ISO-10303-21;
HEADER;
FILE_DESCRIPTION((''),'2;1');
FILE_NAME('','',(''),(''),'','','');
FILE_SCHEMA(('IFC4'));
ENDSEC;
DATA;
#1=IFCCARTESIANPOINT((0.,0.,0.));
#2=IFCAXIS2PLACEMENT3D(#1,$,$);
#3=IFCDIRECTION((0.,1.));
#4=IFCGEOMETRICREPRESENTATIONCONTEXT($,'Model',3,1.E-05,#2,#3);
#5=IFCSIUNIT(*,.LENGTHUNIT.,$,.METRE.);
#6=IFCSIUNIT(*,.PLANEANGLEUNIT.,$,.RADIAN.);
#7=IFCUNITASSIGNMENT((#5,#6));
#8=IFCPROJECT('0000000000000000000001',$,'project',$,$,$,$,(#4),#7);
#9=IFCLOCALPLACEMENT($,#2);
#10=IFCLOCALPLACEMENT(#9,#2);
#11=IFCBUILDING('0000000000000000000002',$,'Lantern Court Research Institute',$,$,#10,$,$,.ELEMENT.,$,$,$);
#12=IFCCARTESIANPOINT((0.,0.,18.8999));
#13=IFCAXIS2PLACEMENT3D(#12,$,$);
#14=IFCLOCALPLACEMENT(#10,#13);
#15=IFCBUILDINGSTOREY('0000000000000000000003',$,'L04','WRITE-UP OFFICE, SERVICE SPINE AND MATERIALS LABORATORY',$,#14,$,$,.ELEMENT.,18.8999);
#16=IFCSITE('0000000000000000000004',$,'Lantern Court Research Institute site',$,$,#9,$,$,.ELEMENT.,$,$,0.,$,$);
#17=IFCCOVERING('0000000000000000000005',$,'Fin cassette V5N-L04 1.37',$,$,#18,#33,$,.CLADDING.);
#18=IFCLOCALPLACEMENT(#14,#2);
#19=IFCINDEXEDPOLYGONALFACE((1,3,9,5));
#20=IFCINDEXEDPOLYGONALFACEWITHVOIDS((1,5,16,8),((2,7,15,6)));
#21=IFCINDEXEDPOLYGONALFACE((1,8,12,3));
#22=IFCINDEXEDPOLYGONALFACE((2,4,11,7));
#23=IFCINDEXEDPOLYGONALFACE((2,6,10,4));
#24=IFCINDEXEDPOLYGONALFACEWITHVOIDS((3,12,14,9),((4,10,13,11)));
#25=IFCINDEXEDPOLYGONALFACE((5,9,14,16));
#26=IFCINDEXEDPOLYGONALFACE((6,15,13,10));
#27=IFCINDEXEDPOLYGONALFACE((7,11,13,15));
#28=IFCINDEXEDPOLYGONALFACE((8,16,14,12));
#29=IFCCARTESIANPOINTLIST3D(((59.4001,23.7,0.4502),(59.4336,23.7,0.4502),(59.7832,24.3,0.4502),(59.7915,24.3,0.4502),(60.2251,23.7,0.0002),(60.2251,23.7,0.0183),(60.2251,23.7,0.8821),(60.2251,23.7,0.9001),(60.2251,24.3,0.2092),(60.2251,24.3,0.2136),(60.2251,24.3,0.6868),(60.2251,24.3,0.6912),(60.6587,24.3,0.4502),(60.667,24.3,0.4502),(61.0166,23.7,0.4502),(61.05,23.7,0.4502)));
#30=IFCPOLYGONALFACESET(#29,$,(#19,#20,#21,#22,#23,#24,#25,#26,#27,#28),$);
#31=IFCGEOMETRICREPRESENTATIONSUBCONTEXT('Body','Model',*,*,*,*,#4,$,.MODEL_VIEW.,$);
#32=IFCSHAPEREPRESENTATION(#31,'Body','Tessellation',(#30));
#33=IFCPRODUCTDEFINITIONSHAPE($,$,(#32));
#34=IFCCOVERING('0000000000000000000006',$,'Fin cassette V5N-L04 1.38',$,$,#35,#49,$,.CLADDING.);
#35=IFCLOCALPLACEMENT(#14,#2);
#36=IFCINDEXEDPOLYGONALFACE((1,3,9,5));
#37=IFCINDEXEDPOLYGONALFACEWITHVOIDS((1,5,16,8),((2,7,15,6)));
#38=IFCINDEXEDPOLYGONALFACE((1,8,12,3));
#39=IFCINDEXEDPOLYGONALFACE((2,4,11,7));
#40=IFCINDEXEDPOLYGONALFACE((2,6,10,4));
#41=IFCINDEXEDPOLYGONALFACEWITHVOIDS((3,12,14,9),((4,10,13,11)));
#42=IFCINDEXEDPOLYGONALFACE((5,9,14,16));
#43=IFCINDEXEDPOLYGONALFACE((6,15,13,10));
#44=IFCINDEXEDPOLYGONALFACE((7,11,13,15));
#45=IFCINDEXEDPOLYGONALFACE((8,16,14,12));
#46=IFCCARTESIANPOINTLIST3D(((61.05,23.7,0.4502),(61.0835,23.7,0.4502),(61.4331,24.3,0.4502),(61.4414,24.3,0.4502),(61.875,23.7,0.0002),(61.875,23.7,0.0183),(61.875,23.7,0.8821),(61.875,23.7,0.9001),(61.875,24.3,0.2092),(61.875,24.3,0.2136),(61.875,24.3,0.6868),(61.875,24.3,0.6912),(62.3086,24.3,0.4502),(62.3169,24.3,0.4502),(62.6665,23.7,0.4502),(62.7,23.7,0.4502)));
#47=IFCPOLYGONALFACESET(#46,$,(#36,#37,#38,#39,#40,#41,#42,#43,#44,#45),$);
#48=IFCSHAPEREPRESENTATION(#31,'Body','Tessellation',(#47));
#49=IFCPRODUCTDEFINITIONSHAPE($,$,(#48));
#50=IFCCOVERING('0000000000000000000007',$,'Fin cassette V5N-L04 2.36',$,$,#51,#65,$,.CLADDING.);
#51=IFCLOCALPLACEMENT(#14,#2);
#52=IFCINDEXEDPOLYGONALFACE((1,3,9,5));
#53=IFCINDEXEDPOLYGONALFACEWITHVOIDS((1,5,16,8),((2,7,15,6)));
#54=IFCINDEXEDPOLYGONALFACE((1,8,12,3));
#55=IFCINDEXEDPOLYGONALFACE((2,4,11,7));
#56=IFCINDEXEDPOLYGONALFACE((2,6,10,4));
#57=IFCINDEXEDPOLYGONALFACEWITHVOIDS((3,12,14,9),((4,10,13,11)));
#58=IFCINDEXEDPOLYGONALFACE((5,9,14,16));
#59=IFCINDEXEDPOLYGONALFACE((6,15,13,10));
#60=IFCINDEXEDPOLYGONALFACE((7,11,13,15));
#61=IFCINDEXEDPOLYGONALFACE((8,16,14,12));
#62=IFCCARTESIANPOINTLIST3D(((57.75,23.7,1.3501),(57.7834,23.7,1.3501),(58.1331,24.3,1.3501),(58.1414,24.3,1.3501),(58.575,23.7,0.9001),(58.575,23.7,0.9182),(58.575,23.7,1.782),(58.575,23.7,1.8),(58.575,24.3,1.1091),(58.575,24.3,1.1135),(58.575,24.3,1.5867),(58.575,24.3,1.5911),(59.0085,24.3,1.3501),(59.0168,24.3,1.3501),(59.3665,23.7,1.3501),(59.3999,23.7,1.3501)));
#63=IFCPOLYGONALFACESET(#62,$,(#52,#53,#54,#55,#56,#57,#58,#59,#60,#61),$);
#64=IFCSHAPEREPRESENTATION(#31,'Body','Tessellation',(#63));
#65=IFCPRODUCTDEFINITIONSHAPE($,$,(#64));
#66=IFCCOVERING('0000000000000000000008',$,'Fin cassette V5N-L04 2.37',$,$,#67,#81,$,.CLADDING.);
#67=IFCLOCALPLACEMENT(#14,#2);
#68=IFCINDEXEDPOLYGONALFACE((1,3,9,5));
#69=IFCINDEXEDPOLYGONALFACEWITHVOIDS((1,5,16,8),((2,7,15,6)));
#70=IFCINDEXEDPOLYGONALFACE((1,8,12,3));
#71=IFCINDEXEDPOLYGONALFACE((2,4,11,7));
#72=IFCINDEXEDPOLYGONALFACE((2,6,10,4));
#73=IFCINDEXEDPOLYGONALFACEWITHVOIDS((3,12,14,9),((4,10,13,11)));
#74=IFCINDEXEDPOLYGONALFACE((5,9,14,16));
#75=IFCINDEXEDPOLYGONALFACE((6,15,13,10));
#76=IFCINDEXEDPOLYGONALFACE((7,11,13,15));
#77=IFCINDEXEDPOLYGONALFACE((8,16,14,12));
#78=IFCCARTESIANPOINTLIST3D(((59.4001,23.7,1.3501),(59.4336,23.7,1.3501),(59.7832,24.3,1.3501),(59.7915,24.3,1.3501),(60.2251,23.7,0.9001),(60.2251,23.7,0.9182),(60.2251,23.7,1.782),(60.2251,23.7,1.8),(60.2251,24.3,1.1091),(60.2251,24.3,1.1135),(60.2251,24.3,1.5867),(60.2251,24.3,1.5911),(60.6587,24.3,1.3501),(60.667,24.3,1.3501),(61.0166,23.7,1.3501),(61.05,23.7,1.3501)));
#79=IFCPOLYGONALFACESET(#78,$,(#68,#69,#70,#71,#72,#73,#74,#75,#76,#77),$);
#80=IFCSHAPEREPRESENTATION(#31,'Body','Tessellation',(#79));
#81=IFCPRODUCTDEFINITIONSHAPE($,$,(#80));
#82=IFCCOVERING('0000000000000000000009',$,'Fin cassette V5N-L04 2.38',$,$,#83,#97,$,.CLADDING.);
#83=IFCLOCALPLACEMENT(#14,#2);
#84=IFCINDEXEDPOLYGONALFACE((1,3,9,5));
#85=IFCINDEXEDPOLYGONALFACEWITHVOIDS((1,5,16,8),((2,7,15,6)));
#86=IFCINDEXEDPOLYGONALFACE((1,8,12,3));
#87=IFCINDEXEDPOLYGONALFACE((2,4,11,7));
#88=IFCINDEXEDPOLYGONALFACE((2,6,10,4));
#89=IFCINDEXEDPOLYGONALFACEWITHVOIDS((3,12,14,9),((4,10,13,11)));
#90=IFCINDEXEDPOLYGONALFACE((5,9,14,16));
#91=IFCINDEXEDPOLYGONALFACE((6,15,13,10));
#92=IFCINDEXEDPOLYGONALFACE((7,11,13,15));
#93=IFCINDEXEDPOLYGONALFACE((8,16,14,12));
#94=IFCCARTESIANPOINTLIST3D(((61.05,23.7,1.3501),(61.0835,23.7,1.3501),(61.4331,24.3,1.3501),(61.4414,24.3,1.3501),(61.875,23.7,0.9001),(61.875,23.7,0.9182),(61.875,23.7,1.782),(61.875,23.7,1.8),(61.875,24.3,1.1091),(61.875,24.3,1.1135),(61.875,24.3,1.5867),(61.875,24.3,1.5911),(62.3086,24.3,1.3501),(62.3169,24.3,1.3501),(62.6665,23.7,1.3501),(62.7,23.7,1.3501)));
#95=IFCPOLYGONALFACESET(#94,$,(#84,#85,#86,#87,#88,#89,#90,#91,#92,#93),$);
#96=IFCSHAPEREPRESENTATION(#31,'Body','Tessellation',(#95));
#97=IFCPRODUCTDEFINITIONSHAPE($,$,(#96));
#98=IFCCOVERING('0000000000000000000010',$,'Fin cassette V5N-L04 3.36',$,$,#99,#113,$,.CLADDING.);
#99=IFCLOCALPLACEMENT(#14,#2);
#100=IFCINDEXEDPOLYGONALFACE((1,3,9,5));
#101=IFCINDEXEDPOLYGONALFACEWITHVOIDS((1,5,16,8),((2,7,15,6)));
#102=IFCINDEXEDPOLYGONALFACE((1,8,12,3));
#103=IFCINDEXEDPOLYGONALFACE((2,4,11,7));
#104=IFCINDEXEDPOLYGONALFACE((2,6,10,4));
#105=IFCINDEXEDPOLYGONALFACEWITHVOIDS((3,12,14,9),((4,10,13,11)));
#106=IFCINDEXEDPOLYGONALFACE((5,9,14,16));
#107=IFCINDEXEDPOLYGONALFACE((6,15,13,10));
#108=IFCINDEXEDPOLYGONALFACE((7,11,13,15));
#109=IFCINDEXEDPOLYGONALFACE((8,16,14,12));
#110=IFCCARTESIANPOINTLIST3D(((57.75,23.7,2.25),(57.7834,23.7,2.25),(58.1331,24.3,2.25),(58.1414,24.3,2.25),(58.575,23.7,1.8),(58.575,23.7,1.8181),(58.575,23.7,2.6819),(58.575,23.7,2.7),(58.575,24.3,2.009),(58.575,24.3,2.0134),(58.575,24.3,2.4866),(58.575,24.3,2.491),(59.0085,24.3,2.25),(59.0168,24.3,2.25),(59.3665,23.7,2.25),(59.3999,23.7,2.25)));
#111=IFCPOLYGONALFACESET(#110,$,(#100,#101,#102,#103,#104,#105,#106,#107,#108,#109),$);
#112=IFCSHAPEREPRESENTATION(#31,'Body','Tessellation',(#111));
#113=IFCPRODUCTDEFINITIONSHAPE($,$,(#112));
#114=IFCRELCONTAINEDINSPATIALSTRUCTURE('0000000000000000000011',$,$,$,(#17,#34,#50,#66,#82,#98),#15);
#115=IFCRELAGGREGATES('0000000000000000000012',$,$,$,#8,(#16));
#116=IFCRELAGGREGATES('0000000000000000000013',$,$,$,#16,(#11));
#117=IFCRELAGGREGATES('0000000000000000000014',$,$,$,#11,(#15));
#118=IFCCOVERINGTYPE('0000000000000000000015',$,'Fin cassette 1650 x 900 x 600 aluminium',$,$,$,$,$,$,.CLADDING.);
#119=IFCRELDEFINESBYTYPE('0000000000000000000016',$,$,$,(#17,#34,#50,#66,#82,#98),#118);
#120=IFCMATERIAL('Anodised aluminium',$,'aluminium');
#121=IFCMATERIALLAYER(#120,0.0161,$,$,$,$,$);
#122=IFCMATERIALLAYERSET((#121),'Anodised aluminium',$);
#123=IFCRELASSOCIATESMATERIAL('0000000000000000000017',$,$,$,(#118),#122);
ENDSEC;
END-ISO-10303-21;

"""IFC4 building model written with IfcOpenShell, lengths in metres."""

from ifc_helpers import new_model, entity, si_unit, direction, frame, origin, place, context, subcontext, project, spatial, material, layer, layer_set, type_object, element, save


model = new_model("IFC4")

# Units and contexts
model_context = context("Model", 3, precision=1e-05, world=origin(), true_north=direction((0.0, 1.0)))
body_context = subcontext(model_context, "Body", "Model", "MODEL_VIEW")
ifc_project = project(units=[si_unit("LENGTHUNIT", "METRE"), si_unit("PLANEANGLEUNIT", "RADIAN")], contexts=[model_context])

# Site, building, storey
site_placement = place(None, origin())
site = spatial("IfcSite", under=ifc_project, at=site_placement, Name="Lantern Court Research Institute site", CompositionType="ELEMENT", RefElevation=0.0)
building_placement = place(site_placement, origin())
building = spatial("IfcBuilding", under=site, at=building_placement, Name="Lantern Court Research Institute", CompositionType="ELEMENT")
storey_placement = place(building_placement, frame((0.0, 0.0, 18.8999)))
storey = spatial("IfcBuildingStorey", under=building, at=storey_placement, Name="L04", Description="WRITE-UP OFFICE, SERVICE SPINE AND MATERIALS LABORATORY", CompositionType="ELEMENT", Elevation=18.8999)

# Coverings
ifc_material_1 = material(Name="Anodised aluminium", Category="aluminium")
ifc_layer_1 = layer(ifc_material_1, 0.0161)
ifc_layer_set_1 = layer_set([ifc_layer_1], Name="Anodised aluminium")
covering_type_1 = type_object("IfcCoveringType", Name="Fin cassette 1650 x 900 x 600 aluminium", PredefinedType="CLADDING", material=ifc_layer_set_1)
covering_1_placement = place(storey_placement, frame((60.2251, 23.7, 0.4502), z_axis=(0.0, 1.0, 0.0), x_axis=(-1.0, 0.0, 0.0)))
cartesian_point_1 = entity("IfcCartesianPoint", [0.825, 0.0])
cartesian_point_2 = entity("IfcCartesianPoint", [0.7915, 0.0])
cartesian_point_3 = entity("IfcCartesianPoint", [0.4419, 0.0])
cartesian_point_4 = entity("IfcCartesianPoint", [0.4336, 0.0])
element("IfcCovering", 1, at=covering_1_placement, inside=storey, type_object=covering_type_1, Name="Fin cassette V5N-L04 1.37", PredefinedType="CLADDING", context=body_context, shape_type="SweptSolid", body=[
    entity("IfcExtrudedAreaSolidTapered", entity("IfcArbitraryProfileDefWithVoids", "AREA", None, entity("IfcPolyline", [cartesian_point_1, entity("IfcCartesianPoint", [0.0, 0.45]), entity("IfcCartesianPoint", [-0.825, 0.0]), entity("IfcCartesianPoint", [0.0, -0.45]), cartesian_point_1]), [entity("IfcPolyline", [cartesian_point_2, entity("IfcCartesianPoint", [0.0, 0.4319]), entity("IfcCartesianPoint", [-0.7915, 0.0]), entity("IfcCartesianPoint", [0.0, -0.4319]), cartesian_point_2])]), entity("IfcAxis2Placement3D", entity("IfcCartesianPoint", [0.0, 0.0, 0.0])), entity("IfcDirection", [0.0, 0.0, 1.0]), 0.6001, entity("IfcArbitraryProfileDefWithVoids", "AREA", None, entity("IfcPolyline", [cartesian_point_3, entity("IfcCartesianPoint", [0.0, 0.241]), entity("IfcCartesianPoint", [-0.4419, 0.0]), entity("IfcCartesianPoint", [0.0, -0.241]), cartesian_point_3]), [entity("IfcPolyline", [cartesian_point_4, entity("IfcCartesianPoint", [0.0, 0.2366]), entity("IfcCartesianPoint", [-0.4336, 0.0]), entity("IfcCartesianPoint", [0.0, -0.2366]), cartesian_point_4])])),
])
covering_2_placement = place(storey_placement, frame((61.875, 23.7, 0.4502), z_axis=(0.0, 1.0, 0.0), x_axis=(-1.0, 0.0, 0.0)))
cartesian_point_5 = entity("IfcCartesianPoint", [0.825, 0.0])
cartesian_point_6 = entity("IfcCartesianPoint", [0.7915, 0.0])
cartesian_point_7 = entity("IfcCartesianPoint", [0.4419, 0.0])
cartesian_point_8 = entity("IfcCartesianPoint", [0.4336, 0.0])
element("IfcCovering", 2, at=covering_2_placement, inside=storey, type_object=covering_type_1, Name="Fin cassette V5N-L04 1.38", PredefinedType="CLADDING", context=body_context, shape_type="SweptSolid", body=[
    entity("IfcExtrudedAreaSolidTapered", entity("IfcArbitraryProfileDefWithVoids", "AREA", None, entity("IfcPolyline", [cartesian_point_5, entity("IfcCartesianPoint", [0.0, 0.45]), entity("IfcCartesianPoint", [-0.825, 0.0]), entity("IfcCartesianPoint", [0.0, -0.45]), cartesian_point_5]), [entity("IfcPolyline", [cartesian_point_6, entity("IfcCartesianPoint", [0.0, 0.4319]), entity("IfcCartesianPoint", [-0.7915, 0.0]), entity("IfcCartesianPoint", [0.0, -0.4319]), cartesian_point_6])]), entity("IfcAxis2Placement3D", entity("IfcCartesianPoint", [0.0, 0.0, 0.0])), entity("IfcDirection", [0.0, 0.0, 1.0]), 0.6001, entity("IfcArbitraryProfileDefWithVoids", "AREA", None, entity("IfcPolyline", [cartesian_point_7, entity("IfcCartesianPoint", [0.0, 0.241]), entity("IfcCartesianPoint", [-0.4419, 0.0]), entity("IfcCartesianPoint", [0.0, -0.241]), cartesian_point_7]), [entity("IfcPolyline", [cartesian_point_8, entity("IfcCartesianPoint", [0.0, 0.2366]), entity("IfcCartesianPoint", [-0.4336, 0.0]), entity("IfcCartesianPoint", [0.0, -0.2366]), cartesian_point_8])])),
])
covering_3_placement = place(storey_placement, frame((58.575, 23.7, 1.3501), z_axis=(0.0, 1.0, 0.0), x_axis=(-1.0, 0.0, 0.0)))
cartesian_point_9 = entity("IfcCartesianPoint", [0.825, 0.0])
cartesian_point_10 = entity("IfcCartesianPoint", [0.7915, 0.0])
cartesian_point_11 = entity("IfcCartesianPoint", [0.4419, 0.0])
cartesian_point_12 = entity("IfcCartesianPoint", [0.4336, 0.0])
element("IfcCovering", 3, at=covering_3_placement, inside=storey, type_object=covering_type_1, Name="Fin cassette V5N-L04 2.36", PredefinedType="CLADDING", context=body_context, shape_type="SweptSolid", body=[
    entity("IfcExtrudedAreaSolidTapered", entity("IfcArbitraryProfileDefWithVoids", "AREA", None, entity("IfcPolyline", [cartesian_point_9, entity("IfcCartesianPoint", [0.0, 0.45]), entity("IfcCartesianPoint", [-0.825, 0.0]), entity("IfcCartesianPoint", [0.0, -0.45]), cartesian_point_9]), [entity("IfcPolyline", [cartesian_point_10, entity("IfcCartesianPoint", [0.0, 0.4319]), entity("IfcCartesianPoint", [-0.7915, 0.0]), entity("IfcCartesianPoint", [0.0, -0.4319]), cartesian_point_10])]), entity("IfcAxis2Placement3D", entity("IfcCartesianPoint", [0.0, 0.0, 0.0])), entity("IfcDirection", [0.0, 0.0, 1.0]), 0.6001, entity("IfcArbitraryProfileDefWithVoids", "AREA", None, entity("IfcPolyline", [cartesian_point_11, entity("IfcCartesianPoint", [0.0, 0.241]), entity("IfcCartesianPoint", [-0.4419, 0.0]), entity("IfcCartesianPoint", [0.0, -0.241]), cartesian_point_11]), [entity("IfcPolyline", [cartesian_point_12, entity("IfcCartesianPoint", [0.0, 0.2366]), entity("IfcCartesianPoint", [-0.4336, 0.0]), entity("IfcCartesianPoint", [0.0, -0.2366]), cartesian_point_12])])),
])
covering_4_placement = place(storey_placement, frame((60.2251, 23.7, 1.3501), z_axis=(0.0, 1.0, 0.0), x_axis=(-1.0, 0.0, 0.0)))
cartesian_point_13 = entity("IfcCartesianPoint", [0.825, 0.0])
cartesian_point_14 = entity("IfcCartesianPoint", [0.7915, 0.0])
cartesian_point_15 = entity("IfcCartesianPoint", [0.4419, 0.0])
cartesian_point_16 = entity("IfcCartesianPoint", [0.4336, 0.0])
element("IfcCovering", 4, at=covering_4_placement, inside=storey, type_object=covering_type_1, Name="Fin cassette V5N-L04 2.37", PredefinedType="CLADDING", context=body_context, shape_type="SweptSolid", body=[
    entity("IfcExtrudedAreaSolidTapered", entity("IfcArbitraryProfileDefWithVoids", "AREA", None, entity("IfcPolyline", [cartesian_point_13, entity("IfcCartesianPoint", [0.0, 0.45]), entity("IfcCartesianPoint", [-0.825, 0.0]), entity("IfcCartesianPoint", [0.0, -0.45]), cartesian_point_13]), [entity("IfcPolyline", [cartesian_point_14, entity("IfcCartesianPoint", [0.0, 0.4319]), entity("IfcCartesianPoint", [-0.7915, 0.0]), entity("IfcCartesianPoint", [0.0, -0.4319]), cartesian_point_14])]), entity("IfcAxis2Placement3D", entity("IfcCartesianPoint", [0.0, 0.0, 0.0])), entity("IfcDirection", [0.0, 0.0, 1.0]), 0.6001, entity("IfcArbitraryProfileDefWithVoids", "AREA", None, entity("IfcPolyline", [cartesian_point_15, entity("IfcCartesianPoint", [0.0, 0.241]), entity("IfcCartesianPoint", [-0.4419, 0.0]), entity("IfcCartesianPoint", [0.0, -0.241]), cartesian_point_15]), [entity("IfcPolyline", [cartesian_point_16, entity("IfcCartesianPoint", [0.0, 0.2366]), entity("IfcCartesianPoint", [-0.4336, 0.0]), entity("IfcCartesianPoint", [0.0, -0.2366]), cartesian_point_16])])),
])
covering_5_placement = place(storey_placement, frame((61.875, 23.7, 1.3501), z_axis=(0.0, 1.0, 0.0), x_axis=(-1.0, 0.0, 0.0)))
cartesian_point_17 = entity("IfcCartesianPoint", [0.825, 0.0])
cartesian_point_18 = entity("IfcCartesianPoint", [0.7915, 0.0])
cartesian_point_19 = entity("IfcCartesianPoint", [0.4419, 0.0])
cartesian_point_20 = entity("IfcCartesianPoint", [0.4336, 0.0])
element("IfcCovering", 5, at=covering_5_placement, inside=storey, type_object=covering_type_1, Name="Fin cassette V5N-L04 2.38", PredefinedType="CLADDING", context=body_context, shape_type="SweptSolid", body=[
    entity("IfcExtrudedAreaSolidTapered", entity("IfcArbitraryProfileDefWithVoids", "AREA", None, entity("IfcPolyline", [cartesian_point_17, entity("IfcCartesianPoint", [0.0, 0.45]), entity("IfcCartesianPoint", [-0.825, 0.0]), entity("IfcCartesianPoint", [0.0, -0.45]), cartesian_point_17]), [entity("IfcPolyline", [cartesian_point_18, entity("IfcCartesianPoint", [0.0, 0.4319]), entity("IfcCartesianPoint", [-0.7915, 0.0]), entity("IfcCartesianPoint", [0.0, -0.4319]), cartesian_point_18])]), entity("IfcAxis2Placement3D", entity("IfcCartesianPoint", [0.0, 0.0, 0.0])), entity("IfcDirection", [0.0, 0.0, 1.0]), 0.6001, entity("IfcArbitraryProfileDefWithVoids", "AREA", None, entity("IfcPolyline", [cartesian_point_19, entity("IfcCartesianPoint", [0.0, 0.241]), entity("IfcCartesianPoint", [-0.4419, 0.0]), entity("IfcCartesianPoint", [0.0, -0.241]), cartesian_point_19]), [entity("IfcPolyline", [cartesian_point_20, entity("IfcCartesianPoint", [0.0, 0.2366]), entity("IfcCartesianPoint", [-0.4336, 0.0]), entity("IfcCartesianPoint", [0.0, -0.2366]), cartesian_point_20])])),
])
covering_6_placement = place(storey_placement, frame((58.575, 23.7, 2.25), z_axis=(0.0, 1.0, 0.0), x_axis=(-1.0, 0.0, 0.0)))
cartesian_point_21 = entity("IfcCartesianPoint", [0.825, 0.0])
cartesian_point_22 = entity("IfcCartesianPoint", [0.7915, 0.0])
cartesian_point_23 = entity("IfcCartesianPoint", [0.4419, 0.0])
cartesian_point_24 = entity("IfcCartesianPoint", [0.4336, 0.0])
element("IfcCovering", 6, at=covering_6_placement, inside=storey, type_object=covering_type_1, Name="Fin cassette V5N-L04 3.36", PredefinedType="CLADDING", context=body_context, shape_type="SweptSolid", body=[
    entity("IfcExtrudedAreaSolidTapered", entity("IfcArbitraryProfileDefWithVoids", "AREA", None, entity("IfcPolyline", [cartesian_point_21, entity("IfcCartesianPoint", [0.0, 0.45]), entity("IfcCartesianPoint", [-0.825, 0.0]), entity("IfcCartesianPoint", [0.0, -0.45]), cartesian_point_21]), [entity("IfcPolyline", [cartesian_point_22, entity("IfcCartesianPoint", [0.0, 0.4319]), entity("IfcCartesianPoint", [-0.7915, 0.0]), entity("IfcCartesianPoint", [0.0, -0.4319]), cartesian_point_22])]), entity("IfcAxis2Placement3D", entity("IfcCartesianPoint", [0.0, 0.0, 0.0])), entity("IfcDirection", [0.0, 0.0, 1.0]), 0.6001, entity("IfcArbitraryProfileDefWithVoids", "AREA", None, entity("IfcPolyline", [cartesian_point_23, entity("IfcCartesianPoint", [0.0, 0.241]), entity("IfcCartesianPoint", [-0.4419, 0.0]), entity("IfcCartesianPoint", [0.0, -0.241]), cartesian_point_23]), [entity("IfcPolyline", [cartesian_point_24, entity("IfcCartesianPoint", [0.0, 0.2366]), entity("IfcCartesianPoint", [-0.4336, 0.0]), entity("IfcCartesianPoint", [0.0, -0.2366]), cartesian_point_24])])),
])

save(model, "model.ifc")
